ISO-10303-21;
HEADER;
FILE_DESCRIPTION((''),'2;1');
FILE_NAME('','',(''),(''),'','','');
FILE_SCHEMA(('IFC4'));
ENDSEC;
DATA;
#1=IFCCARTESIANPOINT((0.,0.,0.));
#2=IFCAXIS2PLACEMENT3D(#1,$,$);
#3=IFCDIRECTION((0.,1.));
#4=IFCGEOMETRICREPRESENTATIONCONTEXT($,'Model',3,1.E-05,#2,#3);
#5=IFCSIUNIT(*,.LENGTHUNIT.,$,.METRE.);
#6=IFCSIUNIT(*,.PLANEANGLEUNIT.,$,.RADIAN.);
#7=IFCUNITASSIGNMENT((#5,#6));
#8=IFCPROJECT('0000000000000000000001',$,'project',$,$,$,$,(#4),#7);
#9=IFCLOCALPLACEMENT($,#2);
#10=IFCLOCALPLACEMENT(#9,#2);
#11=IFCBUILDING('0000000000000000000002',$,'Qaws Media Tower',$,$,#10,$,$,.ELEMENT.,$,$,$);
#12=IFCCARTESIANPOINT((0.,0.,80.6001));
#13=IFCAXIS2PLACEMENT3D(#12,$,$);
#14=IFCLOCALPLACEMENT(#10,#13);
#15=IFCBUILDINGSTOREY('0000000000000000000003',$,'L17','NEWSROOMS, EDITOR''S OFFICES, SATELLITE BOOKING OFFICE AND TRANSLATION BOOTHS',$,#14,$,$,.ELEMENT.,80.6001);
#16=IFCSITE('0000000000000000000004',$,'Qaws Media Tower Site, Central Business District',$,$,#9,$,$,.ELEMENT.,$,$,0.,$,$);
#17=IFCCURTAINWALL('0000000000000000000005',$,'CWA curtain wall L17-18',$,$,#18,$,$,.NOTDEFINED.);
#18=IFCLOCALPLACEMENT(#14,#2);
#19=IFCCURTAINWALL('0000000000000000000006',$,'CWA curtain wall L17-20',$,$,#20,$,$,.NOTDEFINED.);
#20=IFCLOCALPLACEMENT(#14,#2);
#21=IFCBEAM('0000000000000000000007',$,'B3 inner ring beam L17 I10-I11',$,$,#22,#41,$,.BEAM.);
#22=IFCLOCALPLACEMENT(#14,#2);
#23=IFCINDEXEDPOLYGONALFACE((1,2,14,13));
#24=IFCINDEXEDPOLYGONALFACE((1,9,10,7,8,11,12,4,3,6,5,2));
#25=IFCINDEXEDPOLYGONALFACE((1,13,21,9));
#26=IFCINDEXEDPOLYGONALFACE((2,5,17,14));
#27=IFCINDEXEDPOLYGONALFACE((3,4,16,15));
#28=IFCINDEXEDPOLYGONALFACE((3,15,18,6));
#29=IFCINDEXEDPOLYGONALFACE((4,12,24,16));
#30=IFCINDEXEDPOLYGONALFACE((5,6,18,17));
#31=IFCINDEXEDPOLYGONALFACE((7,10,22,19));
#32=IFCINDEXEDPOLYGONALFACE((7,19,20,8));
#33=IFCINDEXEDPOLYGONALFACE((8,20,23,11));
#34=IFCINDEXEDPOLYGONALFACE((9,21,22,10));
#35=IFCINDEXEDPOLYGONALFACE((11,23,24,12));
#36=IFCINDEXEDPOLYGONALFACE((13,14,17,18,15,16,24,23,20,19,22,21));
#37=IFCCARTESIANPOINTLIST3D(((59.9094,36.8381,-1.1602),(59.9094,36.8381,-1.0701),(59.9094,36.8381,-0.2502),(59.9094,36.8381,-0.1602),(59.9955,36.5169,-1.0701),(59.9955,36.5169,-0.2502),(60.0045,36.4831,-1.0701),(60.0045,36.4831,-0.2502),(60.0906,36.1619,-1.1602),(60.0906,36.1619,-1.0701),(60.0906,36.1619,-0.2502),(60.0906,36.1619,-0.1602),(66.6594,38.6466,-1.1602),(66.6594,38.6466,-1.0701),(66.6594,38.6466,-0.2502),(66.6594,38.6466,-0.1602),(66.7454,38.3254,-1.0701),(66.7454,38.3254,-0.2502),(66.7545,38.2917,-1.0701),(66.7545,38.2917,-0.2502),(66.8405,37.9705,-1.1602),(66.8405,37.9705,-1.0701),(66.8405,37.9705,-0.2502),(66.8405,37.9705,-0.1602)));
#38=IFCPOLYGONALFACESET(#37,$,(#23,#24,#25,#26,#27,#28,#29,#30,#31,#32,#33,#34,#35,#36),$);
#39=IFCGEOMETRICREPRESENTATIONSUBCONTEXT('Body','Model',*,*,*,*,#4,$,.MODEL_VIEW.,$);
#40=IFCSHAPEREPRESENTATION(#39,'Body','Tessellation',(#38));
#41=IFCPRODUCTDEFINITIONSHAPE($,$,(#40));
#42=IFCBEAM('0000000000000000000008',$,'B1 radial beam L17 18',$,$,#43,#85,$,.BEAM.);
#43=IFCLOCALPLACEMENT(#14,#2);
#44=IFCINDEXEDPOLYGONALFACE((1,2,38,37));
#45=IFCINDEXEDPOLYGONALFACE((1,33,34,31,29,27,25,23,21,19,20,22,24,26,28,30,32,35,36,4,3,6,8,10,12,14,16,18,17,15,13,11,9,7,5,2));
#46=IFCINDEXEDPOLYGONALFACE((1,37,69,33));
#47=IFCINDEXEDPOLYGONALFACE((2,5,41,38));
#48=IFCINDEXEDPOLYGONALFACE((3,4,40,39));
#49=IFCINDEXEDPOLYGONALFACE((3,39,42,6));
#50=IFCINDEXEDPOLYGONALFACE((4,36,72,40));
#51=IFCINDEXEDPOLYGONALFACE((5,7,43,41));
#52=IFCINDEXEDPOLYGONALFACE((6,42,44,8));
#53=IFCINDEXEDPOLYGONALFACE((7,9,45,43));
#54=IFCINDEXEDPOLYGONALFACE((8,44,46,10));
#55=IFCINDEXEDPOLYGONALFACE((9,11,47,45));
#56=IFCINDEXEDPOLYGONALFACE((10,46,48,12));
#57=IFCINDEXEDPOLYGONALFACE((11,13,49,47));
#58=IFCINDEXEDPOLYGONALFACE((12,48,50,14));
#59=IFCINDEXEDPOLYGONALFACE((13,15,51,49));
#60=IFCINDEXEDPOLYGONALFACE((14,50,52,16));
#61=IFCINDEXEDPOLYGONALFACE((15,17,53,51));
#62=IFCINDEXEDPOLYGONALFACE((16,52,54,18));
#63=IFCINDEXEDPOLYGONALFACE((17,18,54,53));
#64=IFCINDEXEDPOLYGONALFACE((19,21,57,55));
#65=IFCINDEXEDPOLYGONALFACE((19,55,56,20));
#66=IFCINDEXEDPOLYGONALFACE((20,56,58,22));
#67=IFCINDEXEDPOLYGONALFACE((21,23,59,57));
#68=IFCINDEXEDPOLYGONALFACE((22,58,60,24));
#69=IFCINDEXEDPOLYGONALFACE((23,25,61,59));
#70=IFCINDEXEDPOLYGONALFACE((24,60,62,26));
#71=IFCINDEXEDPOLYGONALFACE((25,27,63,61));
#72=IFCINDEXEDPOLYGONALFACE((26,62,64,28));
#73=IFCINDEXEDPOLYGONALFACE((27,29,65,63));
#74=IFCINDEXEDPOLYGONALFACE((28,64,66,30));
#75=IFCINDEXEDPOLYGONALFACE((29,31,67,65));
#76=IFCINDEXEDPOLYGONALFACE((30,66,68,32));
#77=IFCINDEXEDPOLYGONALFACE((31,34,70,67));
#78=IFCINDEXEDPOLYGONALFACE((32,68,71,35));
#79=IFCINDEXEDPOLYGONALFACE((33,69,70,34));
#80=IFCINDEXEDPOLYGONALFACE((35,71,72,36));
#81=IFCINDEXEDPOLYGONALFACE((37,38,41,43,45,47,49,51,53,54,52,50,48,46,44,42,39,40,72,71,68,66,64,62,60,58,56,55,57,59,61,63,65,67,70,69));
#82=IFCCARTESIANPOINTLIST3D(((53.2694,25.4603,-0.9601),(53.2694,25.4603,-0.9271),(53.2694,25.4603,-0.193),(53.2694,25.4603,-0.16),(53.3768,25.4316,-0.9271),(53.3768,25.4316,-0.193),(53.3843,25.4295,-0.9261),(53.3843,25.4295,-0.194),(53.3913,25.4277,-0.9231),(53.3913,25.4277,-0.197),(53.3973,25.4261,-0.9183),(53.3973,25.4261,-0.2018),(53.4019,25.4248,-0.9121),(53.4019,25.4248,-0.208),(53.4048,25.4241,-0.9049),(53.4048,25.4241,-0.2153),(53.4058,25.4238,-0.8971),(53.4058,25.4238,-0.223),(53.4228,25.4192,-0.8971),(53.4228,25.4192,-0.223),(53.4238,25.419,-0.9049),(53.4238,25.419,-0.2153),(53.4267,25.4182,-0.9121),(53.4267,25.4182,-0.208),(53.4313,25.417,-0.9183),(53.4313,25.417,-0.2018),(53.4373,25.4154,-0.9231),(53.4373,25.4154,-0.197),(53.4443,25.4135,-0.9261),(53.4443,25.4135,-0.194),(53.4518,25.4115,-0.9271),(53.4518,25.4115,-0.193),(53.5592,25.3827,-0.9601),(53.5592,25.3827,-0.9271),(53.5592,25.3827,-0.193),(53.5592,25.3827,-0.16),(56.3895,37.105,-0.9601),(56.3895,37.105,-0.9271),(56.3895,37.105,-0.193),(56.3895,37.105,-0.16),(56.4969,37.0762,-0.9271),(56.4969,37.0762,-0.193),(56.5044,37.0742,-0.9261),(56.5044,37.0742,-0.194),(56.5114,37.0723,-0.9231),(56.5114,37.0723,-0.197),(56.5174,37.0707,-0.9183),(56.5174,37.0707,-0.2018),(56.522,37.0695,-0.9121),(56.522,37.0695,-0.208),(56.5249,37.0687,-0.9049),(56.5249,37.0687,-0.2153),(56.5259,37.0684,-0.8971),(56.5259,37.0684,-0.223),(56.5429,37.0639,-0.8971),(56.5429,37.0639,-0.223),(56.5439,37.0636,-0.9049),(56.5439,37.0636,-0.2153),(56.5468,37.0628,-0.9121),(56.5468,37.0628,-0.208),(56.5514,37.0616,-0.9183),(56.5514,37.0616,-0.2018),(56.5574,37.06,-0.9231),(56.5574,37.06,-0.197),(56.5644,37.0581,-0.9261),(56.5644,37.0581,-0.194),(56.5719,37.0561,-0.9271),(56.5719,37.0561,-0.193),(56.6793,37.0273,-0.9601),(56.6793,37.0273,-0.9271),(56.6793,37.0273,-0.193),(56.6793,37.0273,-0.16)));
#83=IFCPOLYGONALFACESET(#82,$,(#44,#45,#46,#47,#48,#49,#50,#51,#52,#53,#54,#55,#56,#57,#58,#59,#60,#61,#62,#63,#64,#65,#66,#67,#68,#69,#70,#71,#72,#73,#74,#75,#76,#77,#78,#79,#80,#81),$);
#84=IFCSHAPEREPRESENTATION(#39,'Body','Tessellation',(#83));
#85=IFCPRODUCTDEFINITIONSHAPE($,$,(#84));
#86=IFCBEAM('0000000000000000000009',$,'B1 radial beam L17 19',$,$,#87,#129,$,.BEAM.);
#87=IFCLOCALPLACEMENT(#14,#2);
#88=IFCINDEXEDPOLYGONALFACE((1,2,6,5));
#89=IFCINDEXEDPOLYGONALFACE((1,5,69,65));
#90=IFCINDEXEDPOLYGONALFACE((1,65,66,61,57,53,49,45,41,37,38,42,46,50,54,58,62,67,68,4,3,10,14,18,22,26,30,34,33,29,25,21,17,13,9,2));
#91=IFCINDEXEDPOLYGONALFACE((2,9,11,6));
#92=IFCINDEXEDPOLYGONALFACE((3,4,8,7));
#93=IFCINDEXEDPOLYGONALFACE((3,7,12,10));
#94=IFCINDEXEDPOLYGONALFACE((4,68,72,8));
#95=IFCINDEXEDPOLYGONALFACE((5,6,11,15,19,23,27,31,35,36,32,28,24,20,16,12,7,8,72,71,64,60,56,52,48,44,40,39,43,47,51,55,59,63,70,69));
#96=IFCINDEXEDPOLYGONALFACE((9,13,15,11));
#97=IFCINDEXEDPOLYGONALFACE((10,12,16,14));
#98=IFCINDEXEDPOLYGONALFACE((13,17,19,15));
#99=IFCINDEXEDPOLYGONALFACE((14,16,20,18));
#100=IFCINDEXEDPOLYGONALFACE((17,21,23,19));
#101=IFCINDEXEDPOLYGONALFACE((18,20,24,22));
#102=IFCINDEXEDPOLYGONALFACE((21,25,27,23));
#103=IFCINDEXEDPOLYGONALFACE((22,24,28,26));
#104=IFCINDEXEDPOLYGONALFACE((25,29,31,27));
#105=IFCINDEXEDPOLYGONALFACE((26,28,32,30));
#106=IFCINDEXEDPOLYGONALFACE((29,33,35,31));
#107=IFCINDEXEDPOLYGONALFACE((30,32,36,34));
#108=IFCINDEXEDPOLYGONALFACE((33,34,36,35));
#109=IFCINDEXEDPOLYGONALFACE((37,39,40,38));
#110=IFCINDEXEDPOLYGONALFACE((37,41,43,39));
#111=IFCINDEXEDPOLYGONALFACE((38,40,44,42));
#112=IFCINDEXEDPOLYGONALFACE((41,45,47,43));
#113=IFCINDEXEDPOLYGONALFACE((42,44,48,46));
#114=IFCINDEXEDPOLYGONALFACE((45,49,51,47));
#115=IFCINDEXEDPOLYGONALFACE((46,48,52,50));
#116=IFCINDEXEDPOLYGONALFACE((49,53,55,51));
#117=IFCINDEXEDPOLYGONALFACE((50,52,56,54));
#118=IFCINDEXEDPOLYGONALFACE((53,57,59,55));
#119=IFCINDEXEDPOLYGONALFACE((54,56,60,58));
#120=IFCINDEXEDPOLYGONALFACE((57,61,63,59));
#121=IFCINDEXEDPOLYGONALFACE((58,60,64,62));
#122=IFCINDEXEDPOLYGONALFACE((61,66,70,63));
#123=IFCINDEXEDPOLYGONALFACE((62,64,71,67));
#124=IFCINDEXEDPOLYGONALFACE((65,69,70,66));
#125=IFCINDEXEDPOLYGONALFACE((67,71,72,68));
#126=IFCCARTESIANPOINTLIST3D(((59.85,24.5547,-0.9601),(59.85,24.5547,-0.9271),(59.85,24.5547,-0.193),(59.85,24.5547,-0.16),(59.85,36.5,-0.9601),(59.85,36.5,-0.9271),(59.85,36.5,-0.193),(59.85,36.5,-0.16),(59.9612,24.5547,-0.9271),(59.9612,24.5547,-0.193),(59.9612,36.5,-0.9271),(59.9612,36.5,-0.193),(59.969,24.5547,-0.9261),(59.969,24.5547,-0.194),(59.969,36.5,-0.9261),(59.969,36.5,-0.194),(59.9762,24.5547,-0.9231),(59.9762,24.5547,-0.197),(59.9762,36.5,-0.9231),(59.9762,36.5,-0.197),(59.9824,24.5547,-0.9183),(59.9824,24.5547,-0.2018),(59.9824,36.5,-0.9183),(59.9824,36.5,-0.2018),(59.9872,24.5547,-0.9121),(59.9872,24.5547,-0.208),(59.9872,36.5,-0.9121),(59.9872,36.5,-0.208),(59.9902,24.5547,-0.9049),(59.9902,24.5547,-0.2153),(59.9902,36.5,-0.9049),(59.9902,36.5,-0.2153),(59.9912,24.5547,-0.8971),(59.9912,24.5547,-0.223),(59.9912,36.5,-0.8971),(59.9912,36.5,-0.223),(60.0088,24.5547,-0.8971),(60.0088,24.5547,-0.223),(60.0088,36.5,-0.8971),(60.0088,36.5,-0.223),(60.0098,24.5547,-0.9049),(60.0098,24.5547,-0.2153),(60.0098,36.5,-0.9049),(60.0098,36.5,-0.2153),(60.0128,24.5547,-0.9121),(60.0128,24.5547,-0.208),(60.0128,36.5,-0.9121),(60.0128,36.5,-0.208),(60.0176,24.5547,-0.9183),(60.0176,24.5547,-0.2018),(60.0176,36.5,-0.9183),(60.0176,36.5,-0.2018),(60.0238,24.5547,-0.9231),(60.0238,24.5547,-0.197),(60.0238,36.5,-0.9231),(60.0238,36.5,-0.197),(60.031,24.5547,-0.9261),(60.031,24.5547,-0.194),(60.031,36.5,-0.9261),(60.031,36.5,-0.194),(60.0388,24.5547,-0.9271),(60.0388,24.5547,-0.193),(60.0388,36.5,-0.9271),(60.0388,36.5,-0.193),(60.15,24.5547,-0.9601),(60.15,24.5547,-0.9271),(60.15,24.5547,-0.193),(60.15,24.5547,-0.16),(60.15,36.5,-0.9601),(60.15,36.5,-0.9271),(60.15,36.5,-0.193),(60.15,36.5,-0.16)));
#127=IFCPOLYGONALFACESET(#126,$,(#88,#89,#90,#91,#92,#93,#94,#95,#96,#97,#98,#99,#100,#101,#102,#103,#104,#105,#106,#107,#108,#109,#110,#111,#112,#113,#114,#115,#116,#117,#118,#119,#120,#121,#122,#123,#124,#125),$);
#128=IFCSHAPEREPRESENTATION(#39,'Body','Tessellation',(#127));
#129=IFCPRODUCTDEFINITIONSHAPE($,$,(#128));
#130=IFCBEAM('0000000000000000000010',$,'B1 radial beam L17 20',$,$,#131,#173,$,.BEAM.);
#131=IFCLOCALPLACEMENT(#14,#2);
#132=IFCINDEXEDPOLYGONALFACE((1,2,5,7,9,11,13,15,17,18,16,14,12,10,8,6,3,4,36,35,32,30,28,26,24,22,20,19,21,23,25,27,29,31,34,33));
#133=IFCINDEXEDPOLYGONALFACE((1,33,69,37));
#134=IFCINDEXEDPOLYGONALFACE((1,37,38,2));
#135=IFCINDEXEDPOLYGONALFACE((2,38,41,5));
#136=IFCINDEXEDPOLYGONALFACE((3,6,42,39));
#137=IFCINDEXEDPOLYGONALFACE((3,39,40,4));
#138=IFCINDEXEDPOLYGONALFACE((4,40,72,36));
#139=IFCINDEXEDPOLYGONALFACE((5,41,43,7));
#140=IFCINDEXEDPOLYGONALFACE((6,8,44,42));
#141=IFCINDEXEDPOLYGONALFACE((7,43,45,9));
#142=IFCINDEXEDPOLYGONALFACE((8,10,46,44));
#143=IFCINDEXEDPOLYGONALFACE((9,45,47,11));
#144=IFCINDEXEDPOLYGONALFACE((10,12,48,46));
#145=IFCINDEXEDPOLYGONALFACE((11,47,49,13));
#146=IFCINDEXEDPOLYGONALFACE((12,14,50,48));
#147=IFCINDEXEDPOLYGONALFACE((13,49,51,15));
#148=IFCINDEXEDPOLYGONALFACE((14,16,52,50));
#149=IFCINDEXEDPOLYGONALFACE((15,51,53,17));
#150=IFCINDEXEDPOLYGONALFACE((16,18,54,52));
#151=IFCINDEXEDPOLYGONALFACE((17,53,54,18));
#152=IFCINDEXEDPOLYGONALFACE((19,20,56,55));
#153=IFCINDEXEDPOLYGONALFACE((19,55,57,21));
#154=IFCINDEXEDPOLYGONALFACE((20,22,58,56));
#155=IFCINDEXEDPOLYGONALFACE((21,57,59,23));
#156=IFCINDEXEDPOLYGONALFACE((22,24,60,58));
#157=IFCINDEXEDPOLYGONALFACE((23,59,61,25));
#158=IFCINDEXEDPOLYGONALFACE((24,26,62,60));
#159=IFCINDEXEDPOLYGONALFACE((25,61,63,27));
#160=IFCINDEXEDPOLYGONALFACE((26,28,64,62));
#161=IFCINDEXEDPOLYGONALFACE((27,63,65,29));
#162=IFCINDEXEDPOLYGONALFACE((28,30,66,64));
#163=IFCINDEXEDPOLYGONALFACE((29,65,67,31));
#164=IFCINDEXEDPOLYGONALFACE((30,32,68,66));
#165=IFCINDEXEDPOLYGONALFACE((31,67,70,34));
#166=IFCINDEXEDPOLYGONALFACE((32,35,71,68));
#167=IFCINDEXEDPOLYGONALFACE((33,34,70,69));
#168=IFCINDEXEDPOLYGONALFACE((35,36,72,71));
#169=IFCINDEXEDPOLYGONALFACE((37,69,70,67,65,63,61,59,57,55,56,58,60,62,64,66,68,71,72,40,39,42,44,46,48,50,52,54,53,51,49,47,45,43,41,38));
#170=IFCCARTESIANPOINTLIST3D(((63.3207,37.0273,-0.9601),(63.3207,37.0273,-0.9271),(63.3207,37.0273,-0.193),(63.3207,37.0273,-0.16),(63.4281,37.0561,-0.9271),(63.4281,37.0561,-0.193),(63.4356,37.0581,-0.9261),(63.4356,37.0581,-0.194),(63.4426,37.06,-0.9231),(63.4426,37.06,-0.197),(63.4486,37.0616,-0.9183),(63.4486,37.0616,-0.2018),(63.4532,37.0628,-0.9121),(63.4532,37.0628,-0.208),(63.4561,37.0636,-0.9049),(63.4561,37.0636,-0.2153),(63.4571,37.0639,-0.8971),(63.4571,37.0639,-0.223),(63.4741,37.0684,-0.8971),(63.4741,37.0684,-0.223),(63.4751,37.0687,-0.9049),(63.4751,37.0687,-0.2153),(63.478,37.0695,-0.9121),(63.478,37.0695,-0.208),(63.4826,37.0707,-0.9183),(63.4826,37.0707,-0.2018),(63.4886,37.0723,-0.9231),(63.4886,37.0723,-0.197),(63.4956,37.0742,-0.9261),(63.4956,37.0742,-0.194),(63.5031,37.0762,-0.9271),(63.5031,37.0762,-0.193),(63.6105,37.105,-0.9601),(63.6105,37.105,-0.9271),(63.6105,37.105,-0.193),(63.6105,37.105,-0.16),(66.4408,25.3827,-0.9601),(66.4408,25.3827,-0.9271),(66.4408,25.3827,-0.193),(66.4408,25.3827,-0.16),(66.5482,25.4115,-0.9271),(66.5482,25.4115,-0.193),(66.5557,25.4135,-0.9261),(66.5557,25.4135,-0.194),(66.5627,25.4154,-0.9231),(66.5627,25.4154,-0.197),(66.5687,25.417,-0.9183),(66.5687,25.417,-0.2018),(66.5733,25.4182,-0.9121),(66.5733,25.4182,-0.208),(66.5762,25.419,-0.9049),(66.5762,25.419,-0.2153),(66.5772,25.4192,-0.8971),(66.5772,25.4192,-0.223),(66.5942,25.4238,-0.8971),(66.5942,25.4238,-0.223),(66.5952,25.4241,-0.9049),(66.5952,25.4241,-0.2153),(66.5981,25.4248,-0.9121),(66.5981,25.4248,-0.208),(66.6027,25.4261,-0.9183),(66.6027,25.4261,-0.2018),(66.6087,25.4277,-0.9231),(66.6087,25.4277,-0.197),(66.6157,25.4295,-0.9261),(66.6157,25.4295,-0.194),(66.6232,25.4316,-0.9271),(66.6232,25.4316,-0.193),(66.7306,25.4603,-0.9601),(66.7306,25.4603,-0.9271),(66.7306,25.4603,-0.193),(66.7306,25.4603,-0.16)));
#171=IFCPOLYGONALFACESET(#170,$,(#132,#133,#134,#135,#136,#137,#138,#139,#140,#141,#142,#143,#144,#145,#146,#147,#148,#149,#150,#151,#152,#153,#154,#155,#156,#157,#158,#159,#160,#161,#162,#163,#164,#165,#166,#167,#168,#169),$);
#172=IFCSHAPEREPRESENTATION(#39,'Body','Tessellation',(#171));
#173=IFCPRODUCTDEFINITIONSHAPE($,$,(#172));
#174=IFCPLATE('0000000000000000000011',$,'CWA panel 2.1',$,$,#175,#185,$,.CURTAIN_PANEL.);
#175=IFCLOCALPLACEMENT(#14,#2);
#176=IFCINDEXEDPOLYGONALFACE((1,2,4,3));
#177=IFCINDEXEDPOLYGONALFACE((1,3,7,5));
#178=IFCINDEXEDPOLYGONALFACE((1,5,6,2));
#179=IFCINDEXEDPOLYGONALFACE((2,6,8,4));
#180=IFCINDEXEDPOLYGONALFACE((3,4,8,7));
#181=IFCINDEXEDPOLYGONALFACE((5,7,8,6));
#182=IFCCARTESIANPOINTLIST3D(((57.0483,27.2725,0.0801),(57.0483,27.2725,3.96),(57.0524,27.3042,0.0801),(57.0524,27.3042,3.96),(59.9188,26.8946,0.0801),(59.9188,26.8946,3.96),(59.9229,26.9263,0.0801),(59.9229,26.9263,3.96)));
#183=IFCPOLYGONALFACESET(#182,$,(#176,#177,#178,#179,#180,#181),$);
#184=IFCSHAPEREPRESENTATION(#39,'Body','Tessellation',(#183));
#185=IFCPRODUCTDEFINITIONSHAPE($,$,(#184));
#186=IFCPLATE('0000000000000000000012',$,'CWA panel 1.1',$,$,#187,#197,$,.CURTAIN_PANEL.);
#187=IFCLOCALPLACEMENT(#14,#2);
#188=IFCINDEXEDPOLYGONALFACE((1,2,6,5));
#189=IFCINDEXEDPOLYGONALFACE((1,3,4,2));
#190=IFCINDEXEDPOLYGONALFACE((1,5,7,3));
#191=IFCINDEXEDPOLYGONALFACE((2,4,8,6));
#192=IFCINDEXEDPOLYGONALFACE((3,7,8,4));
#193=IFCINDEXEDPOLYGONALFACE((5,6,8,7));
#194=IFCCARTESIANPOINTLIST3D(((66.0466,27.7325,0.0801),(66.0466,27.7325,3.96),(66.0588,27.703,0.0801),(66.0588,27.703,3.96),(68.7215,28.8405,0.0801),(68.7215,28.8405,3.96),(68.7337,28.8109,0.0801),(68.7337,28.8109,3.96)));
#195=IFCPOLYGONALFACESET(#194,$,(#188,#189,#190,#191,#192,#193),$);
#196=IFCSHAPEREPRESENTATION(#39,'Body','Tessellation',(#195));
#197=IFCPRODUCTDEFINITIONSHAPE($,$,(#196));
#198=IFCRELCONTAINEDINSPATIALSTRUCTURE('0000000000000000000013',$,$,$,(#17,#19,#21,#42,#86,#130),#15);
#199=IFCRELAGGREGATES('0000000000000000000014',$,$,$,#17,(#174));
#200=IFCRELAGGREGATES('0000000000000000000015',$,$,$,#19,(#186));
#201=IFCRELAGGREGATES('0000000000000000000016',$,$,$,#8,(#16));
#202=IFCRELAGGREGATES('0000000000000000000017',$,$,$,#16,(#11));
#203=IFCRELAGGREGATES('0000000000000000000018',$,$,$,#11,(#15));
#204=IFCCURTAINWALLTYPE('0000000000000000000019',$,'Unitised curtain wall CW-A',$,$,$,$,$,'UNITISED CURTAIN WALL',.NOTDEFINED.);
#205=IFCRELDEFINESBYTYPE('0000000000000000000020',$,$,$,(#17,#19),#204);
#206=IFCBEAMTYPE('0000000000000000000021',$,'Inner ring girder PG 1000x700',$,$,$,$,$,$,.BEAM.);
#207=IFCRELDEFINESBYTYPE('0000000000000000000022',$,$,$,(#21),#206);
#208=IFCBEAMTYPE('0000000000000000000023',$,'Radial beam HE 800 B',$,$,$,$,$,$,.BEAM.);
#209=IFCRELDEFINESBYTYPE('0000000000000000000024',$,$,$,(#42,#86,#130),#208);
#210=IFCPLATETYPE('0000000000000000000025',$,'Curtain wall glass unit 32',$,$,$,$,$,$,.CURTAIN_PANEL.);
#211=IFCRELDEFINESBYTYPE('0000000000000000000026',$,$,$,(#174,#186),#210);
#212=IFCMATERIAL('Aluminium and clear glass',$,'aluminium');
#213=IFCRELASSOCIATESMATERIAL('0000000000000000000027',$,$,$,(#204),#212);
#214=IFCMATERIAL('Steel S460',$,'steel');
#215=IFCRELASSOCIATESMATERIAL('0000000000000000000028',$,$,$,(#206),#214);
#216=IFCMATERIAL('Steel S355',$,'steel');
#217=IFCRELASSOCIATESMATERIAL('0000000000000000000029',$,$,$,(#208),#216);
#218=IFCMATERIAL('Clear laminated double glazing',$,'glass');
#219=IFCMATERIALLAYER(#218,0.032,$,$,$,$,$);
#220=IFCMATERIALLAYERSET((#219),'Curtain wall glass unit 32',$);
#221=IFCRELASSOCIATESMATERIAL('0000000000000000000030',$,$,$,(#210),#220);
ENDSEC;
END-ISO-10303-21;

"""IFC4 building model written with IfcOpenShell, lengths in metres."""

from ifc_helpers import new_model, si_unit, direction, frame, origin, origin_2d, place, context, subcontext, project, spatial, rectangle, i_section, extrude, material, layer, layer_set, material_profile, profile_set, type_object, element, aggregate, save


model = new_model("IFC4")

# Units and contexts
model_context = context("Model", 3, precision=1e-05, world=origin(), true_north=direction((0.0, 1.0)))
body_context = subcontext(model_context, "Body", "Model", "MODEL_VIEW")
ifc_project = project(units=[si_unit("LENGTHUNIT", "METRE"), si_unit("PLANEANGLEUNIT", "RADIAN")], contexts=[model_context])

# Site, building, storey
site_placement = place(None, origin())
site = spatial("IfcSite", under=ifc_project, at=site_placement, Name="Qaws Media Tower Site, Central Business District", CompositionType="ELEMENT", RefElevation=0.0)
building_placement = place(site_placement, origin())
building = spatial("IfcBuilding", under=site, at=building_placement, Name="Qaws Media Tower", CompositionType="ELEMENT")
storey_placement = place(building_placement, frame((0.0, 0.0, 80.6001)))
storey = spatial("IfcBuildingStorey", under=building, at=storey_placement, Name="L17", Description="NEWSROOMS, EDITOR'S OFFICES, SATELLITE BOOKING OFFICE AND TRANSLATION BOOTHS", CompositionType="ELEMENT", Elevation=80.6001)

# Curtain walls
ifc_material_1 = material(Name="Aluminium and clear glass", Category="aluminium")
curtain_wall_type = type_object("IfcCurtainWallType", Name="Unitised curtain wall CW-A", ElementType="UNITISED CURTAIN WALL", PredefinedType="NOTDEFINED", material=ifc_material_1)
curtain_wall_1_placement = place(storey_placement, origin())
curtain_wall_1 = element("IfcCurtainWall", 1, at=curtain_wall_1_placement, inside=storey, type_object=curtain_wall_type, Name="CWA curtain wall L17-18", PredefinedType="NOTDEFINED")
curtain_wall_2_placement = place(storey_placement, origin())
curtain_wall_2 = element("IfcCurtainWall", 2, at=curtain_wall_2_placement, inside=storey, type_object=curtain_wall_type, Name="CWA curtain wall L17-20", PredefinedType="NOTDEFINED")

# Beams
ifc_material_2 = material(Name="Steel S460", Category="steel")
ifc_material_profile_1 = material_profile(ifc_material_2, i_section(OverallWidth=0.7, OverallDepth=1.0, WebThickness=0.0349, FlangeThickness=0.0901, at=origin_2d()), Name="PG 1000x700")
ifc_profile_set_1 = profile_set([ifc_material_profile_1], Name="Steel S460")
beam_type_1 = type_object("IfcBeamType", Name="Inner ring girder PG 1000x700", PredefinedType="BEAM", material=ifc_profile_set_1)
beam_1_placement = place(storey_placement, frame((60.0, 36.5, -0.6602), z_axis=(0.965928, 0.258811, 0.0), x_axis=(-0.258811, 0.965928, 0.0)))
element("IfcBeam", 3, at=beam_1_placement, inside=storey, type_object=beam_type_1, Name="B3 inner ring beam L17 I10-I11", PredefinedType="BEAM", context=body_context, shape_type="SweptSolid", body=[
    extrude(i_section(OverallWidth=0.7, OverallDepth=1.0, WebThickness=0.0349, FlangeThickness=0.0901, at=origin_2d()), origin(), (0.0, 0.0, 1.0), 6.988),
])
ifc_material_3 = material(Name="Steel S355", Category="steel")
ifc_material_profile_2 = material_profile(ifc_material_3, i_section(OverallWidth=0.3, OverallDepth=0.8, WebThickness=0.0176, FlangeThickness=0.033, FilletRadius=0.03, at=origin_2d()), Name="HE 800 B")
ifc_profile_set_2 = profile_set([ifc_material_profile_2], Name="Steel S355")
beam_type_2 = type_object("IfcBeamType", Name="Radial beam HE 800 B", PredefinedType="BEAM", material=ifc_profile_set_2)
beam_2_placement = place(storey_placement, frame((56.5344, 37.0662, -0.5601), z_axis=(-0.258817, -0.965926, 0.0), x_axis=(0.965926, -0.258817, 0.0)))
element("IfcBeam", 4, at=beam_2_placement, inside=storey, type_object=beam_type_2, Name="B1 radial beam L17 18", PredefinedType="BEAM", context=body_context, shape_type="SweptSolid", body=[
    extrude(i_section(OverallWidth=0.3, OverallDepth=0.8, WebThickness=0.0176, FlangeThickness=0.033, FilletRadius=0.03, at=origin_2d()), origin(), (0.0, 0.0, 1.0), 12.0554),
])
beam_3_placement = place(storey_placement, frame((60.0, 36.5, -0.5601), z_axis=(0.0, -1.0, 0.0), x_axis=(1.0, 0.0, 0.0)))
element("IfcBeam", 5, at=beam_3_placement, inside=storey, type_object=beam_type_2, Name="B1 radial beam L17 19", PredefinedType="BEAM", context=body_context, shape_type="SweptSolid", body=[
    extrude(i_section(OverallWidth=0.3, OverallDepth=0.8, WebThickness=0.0176, FlangeThickness=0.033, FilletRadius=0.03, at=origin_2d()), origin(), (0.0, 0.0, 1.0), 11.9453),
])
beam_4_placement = place(storey_placement, frame((63.4656, 37.0662, -0.5601), z_axis=(0.258817, -0.965926, 0.0), x_axis=(0.965926, 0.258817, 0.0)))
element("IfcBeam", 6, at=beam_4_placement, inside=storey, type_object=beam_type_2, Name="B1 radial beam L17 20", PredefinedType="BEAM", context=body_context, shape_type="SweptSolid", body=[
    extrude(i_section(OverallWidth=0.3, OverallDepth=0.8, WebThickness=0.0176, FlangeThickness=0.033, FilletRadius=0.03, at=origin_2d()), origin(), (0.0, 0.0, 1.0), 12.0554),
])

# Plates
ifc_material_4 = material(Name="Clear laminated double glazing", Category="glass")
ifc_layer_1 = layer(ifc_material_4, 0.032)
ifc_layer_set_1 = layer_set([ifc_layer_1], Name="Curtain wall glass unit 32")
plate_type_1 = type_object("IfcPlateType", Name="Curtain wall glass unit 32", PredefinedType="CURTAIN_PANEL", material=ifc_layer_set_1)
plate_1_placement = place(storey_placement, frame((58.4856, 27.0994, 0.0801), z_axis=(0.0, 0.0, 1.0), x_axis=(0.991445, -0.130526, 0.0)))
plate_1 = element("IfcPlate", 7, at=plate_1_placement, type_object=plate_type_1, Name="CWA panel 2.1", PredefinedType="CURTAIN_PANEL", context=body_context, shape_type="SweptSolid", body=[
    extrude(rectangle(XDim=2.8953, YDim=0.032, at=origin_2d()), origin(), (0.0, 0.0, 1.0), 3.8799),
])
aggregate(curtain_wall_1, [plate_1])
plate_2_placement = place(storey_placement, frame((67.3901, 28.2717, 0.0801), z_axis=(0.0, 0.0, 1.0), x_axis=(0.92388, 0.382683, 0.0)))
plate_2 = element("IfcPlate", 8, at=plate_2_placement, type_object=plate_type_1, Name="CWA panel 1.1", PredefinedType="CURTAIN_PANEL", context=body_context, shape_type="SweptSolid", body=[
    extrude(rectangle(XDim=2.8953, YDim=0.032, at=origin_2d()), origin(), (0.0, 0.0, 1.0), 3.8799),
])
aggregate(curtain_wall_2, [plate_2])

save(model, "model.ifc")
